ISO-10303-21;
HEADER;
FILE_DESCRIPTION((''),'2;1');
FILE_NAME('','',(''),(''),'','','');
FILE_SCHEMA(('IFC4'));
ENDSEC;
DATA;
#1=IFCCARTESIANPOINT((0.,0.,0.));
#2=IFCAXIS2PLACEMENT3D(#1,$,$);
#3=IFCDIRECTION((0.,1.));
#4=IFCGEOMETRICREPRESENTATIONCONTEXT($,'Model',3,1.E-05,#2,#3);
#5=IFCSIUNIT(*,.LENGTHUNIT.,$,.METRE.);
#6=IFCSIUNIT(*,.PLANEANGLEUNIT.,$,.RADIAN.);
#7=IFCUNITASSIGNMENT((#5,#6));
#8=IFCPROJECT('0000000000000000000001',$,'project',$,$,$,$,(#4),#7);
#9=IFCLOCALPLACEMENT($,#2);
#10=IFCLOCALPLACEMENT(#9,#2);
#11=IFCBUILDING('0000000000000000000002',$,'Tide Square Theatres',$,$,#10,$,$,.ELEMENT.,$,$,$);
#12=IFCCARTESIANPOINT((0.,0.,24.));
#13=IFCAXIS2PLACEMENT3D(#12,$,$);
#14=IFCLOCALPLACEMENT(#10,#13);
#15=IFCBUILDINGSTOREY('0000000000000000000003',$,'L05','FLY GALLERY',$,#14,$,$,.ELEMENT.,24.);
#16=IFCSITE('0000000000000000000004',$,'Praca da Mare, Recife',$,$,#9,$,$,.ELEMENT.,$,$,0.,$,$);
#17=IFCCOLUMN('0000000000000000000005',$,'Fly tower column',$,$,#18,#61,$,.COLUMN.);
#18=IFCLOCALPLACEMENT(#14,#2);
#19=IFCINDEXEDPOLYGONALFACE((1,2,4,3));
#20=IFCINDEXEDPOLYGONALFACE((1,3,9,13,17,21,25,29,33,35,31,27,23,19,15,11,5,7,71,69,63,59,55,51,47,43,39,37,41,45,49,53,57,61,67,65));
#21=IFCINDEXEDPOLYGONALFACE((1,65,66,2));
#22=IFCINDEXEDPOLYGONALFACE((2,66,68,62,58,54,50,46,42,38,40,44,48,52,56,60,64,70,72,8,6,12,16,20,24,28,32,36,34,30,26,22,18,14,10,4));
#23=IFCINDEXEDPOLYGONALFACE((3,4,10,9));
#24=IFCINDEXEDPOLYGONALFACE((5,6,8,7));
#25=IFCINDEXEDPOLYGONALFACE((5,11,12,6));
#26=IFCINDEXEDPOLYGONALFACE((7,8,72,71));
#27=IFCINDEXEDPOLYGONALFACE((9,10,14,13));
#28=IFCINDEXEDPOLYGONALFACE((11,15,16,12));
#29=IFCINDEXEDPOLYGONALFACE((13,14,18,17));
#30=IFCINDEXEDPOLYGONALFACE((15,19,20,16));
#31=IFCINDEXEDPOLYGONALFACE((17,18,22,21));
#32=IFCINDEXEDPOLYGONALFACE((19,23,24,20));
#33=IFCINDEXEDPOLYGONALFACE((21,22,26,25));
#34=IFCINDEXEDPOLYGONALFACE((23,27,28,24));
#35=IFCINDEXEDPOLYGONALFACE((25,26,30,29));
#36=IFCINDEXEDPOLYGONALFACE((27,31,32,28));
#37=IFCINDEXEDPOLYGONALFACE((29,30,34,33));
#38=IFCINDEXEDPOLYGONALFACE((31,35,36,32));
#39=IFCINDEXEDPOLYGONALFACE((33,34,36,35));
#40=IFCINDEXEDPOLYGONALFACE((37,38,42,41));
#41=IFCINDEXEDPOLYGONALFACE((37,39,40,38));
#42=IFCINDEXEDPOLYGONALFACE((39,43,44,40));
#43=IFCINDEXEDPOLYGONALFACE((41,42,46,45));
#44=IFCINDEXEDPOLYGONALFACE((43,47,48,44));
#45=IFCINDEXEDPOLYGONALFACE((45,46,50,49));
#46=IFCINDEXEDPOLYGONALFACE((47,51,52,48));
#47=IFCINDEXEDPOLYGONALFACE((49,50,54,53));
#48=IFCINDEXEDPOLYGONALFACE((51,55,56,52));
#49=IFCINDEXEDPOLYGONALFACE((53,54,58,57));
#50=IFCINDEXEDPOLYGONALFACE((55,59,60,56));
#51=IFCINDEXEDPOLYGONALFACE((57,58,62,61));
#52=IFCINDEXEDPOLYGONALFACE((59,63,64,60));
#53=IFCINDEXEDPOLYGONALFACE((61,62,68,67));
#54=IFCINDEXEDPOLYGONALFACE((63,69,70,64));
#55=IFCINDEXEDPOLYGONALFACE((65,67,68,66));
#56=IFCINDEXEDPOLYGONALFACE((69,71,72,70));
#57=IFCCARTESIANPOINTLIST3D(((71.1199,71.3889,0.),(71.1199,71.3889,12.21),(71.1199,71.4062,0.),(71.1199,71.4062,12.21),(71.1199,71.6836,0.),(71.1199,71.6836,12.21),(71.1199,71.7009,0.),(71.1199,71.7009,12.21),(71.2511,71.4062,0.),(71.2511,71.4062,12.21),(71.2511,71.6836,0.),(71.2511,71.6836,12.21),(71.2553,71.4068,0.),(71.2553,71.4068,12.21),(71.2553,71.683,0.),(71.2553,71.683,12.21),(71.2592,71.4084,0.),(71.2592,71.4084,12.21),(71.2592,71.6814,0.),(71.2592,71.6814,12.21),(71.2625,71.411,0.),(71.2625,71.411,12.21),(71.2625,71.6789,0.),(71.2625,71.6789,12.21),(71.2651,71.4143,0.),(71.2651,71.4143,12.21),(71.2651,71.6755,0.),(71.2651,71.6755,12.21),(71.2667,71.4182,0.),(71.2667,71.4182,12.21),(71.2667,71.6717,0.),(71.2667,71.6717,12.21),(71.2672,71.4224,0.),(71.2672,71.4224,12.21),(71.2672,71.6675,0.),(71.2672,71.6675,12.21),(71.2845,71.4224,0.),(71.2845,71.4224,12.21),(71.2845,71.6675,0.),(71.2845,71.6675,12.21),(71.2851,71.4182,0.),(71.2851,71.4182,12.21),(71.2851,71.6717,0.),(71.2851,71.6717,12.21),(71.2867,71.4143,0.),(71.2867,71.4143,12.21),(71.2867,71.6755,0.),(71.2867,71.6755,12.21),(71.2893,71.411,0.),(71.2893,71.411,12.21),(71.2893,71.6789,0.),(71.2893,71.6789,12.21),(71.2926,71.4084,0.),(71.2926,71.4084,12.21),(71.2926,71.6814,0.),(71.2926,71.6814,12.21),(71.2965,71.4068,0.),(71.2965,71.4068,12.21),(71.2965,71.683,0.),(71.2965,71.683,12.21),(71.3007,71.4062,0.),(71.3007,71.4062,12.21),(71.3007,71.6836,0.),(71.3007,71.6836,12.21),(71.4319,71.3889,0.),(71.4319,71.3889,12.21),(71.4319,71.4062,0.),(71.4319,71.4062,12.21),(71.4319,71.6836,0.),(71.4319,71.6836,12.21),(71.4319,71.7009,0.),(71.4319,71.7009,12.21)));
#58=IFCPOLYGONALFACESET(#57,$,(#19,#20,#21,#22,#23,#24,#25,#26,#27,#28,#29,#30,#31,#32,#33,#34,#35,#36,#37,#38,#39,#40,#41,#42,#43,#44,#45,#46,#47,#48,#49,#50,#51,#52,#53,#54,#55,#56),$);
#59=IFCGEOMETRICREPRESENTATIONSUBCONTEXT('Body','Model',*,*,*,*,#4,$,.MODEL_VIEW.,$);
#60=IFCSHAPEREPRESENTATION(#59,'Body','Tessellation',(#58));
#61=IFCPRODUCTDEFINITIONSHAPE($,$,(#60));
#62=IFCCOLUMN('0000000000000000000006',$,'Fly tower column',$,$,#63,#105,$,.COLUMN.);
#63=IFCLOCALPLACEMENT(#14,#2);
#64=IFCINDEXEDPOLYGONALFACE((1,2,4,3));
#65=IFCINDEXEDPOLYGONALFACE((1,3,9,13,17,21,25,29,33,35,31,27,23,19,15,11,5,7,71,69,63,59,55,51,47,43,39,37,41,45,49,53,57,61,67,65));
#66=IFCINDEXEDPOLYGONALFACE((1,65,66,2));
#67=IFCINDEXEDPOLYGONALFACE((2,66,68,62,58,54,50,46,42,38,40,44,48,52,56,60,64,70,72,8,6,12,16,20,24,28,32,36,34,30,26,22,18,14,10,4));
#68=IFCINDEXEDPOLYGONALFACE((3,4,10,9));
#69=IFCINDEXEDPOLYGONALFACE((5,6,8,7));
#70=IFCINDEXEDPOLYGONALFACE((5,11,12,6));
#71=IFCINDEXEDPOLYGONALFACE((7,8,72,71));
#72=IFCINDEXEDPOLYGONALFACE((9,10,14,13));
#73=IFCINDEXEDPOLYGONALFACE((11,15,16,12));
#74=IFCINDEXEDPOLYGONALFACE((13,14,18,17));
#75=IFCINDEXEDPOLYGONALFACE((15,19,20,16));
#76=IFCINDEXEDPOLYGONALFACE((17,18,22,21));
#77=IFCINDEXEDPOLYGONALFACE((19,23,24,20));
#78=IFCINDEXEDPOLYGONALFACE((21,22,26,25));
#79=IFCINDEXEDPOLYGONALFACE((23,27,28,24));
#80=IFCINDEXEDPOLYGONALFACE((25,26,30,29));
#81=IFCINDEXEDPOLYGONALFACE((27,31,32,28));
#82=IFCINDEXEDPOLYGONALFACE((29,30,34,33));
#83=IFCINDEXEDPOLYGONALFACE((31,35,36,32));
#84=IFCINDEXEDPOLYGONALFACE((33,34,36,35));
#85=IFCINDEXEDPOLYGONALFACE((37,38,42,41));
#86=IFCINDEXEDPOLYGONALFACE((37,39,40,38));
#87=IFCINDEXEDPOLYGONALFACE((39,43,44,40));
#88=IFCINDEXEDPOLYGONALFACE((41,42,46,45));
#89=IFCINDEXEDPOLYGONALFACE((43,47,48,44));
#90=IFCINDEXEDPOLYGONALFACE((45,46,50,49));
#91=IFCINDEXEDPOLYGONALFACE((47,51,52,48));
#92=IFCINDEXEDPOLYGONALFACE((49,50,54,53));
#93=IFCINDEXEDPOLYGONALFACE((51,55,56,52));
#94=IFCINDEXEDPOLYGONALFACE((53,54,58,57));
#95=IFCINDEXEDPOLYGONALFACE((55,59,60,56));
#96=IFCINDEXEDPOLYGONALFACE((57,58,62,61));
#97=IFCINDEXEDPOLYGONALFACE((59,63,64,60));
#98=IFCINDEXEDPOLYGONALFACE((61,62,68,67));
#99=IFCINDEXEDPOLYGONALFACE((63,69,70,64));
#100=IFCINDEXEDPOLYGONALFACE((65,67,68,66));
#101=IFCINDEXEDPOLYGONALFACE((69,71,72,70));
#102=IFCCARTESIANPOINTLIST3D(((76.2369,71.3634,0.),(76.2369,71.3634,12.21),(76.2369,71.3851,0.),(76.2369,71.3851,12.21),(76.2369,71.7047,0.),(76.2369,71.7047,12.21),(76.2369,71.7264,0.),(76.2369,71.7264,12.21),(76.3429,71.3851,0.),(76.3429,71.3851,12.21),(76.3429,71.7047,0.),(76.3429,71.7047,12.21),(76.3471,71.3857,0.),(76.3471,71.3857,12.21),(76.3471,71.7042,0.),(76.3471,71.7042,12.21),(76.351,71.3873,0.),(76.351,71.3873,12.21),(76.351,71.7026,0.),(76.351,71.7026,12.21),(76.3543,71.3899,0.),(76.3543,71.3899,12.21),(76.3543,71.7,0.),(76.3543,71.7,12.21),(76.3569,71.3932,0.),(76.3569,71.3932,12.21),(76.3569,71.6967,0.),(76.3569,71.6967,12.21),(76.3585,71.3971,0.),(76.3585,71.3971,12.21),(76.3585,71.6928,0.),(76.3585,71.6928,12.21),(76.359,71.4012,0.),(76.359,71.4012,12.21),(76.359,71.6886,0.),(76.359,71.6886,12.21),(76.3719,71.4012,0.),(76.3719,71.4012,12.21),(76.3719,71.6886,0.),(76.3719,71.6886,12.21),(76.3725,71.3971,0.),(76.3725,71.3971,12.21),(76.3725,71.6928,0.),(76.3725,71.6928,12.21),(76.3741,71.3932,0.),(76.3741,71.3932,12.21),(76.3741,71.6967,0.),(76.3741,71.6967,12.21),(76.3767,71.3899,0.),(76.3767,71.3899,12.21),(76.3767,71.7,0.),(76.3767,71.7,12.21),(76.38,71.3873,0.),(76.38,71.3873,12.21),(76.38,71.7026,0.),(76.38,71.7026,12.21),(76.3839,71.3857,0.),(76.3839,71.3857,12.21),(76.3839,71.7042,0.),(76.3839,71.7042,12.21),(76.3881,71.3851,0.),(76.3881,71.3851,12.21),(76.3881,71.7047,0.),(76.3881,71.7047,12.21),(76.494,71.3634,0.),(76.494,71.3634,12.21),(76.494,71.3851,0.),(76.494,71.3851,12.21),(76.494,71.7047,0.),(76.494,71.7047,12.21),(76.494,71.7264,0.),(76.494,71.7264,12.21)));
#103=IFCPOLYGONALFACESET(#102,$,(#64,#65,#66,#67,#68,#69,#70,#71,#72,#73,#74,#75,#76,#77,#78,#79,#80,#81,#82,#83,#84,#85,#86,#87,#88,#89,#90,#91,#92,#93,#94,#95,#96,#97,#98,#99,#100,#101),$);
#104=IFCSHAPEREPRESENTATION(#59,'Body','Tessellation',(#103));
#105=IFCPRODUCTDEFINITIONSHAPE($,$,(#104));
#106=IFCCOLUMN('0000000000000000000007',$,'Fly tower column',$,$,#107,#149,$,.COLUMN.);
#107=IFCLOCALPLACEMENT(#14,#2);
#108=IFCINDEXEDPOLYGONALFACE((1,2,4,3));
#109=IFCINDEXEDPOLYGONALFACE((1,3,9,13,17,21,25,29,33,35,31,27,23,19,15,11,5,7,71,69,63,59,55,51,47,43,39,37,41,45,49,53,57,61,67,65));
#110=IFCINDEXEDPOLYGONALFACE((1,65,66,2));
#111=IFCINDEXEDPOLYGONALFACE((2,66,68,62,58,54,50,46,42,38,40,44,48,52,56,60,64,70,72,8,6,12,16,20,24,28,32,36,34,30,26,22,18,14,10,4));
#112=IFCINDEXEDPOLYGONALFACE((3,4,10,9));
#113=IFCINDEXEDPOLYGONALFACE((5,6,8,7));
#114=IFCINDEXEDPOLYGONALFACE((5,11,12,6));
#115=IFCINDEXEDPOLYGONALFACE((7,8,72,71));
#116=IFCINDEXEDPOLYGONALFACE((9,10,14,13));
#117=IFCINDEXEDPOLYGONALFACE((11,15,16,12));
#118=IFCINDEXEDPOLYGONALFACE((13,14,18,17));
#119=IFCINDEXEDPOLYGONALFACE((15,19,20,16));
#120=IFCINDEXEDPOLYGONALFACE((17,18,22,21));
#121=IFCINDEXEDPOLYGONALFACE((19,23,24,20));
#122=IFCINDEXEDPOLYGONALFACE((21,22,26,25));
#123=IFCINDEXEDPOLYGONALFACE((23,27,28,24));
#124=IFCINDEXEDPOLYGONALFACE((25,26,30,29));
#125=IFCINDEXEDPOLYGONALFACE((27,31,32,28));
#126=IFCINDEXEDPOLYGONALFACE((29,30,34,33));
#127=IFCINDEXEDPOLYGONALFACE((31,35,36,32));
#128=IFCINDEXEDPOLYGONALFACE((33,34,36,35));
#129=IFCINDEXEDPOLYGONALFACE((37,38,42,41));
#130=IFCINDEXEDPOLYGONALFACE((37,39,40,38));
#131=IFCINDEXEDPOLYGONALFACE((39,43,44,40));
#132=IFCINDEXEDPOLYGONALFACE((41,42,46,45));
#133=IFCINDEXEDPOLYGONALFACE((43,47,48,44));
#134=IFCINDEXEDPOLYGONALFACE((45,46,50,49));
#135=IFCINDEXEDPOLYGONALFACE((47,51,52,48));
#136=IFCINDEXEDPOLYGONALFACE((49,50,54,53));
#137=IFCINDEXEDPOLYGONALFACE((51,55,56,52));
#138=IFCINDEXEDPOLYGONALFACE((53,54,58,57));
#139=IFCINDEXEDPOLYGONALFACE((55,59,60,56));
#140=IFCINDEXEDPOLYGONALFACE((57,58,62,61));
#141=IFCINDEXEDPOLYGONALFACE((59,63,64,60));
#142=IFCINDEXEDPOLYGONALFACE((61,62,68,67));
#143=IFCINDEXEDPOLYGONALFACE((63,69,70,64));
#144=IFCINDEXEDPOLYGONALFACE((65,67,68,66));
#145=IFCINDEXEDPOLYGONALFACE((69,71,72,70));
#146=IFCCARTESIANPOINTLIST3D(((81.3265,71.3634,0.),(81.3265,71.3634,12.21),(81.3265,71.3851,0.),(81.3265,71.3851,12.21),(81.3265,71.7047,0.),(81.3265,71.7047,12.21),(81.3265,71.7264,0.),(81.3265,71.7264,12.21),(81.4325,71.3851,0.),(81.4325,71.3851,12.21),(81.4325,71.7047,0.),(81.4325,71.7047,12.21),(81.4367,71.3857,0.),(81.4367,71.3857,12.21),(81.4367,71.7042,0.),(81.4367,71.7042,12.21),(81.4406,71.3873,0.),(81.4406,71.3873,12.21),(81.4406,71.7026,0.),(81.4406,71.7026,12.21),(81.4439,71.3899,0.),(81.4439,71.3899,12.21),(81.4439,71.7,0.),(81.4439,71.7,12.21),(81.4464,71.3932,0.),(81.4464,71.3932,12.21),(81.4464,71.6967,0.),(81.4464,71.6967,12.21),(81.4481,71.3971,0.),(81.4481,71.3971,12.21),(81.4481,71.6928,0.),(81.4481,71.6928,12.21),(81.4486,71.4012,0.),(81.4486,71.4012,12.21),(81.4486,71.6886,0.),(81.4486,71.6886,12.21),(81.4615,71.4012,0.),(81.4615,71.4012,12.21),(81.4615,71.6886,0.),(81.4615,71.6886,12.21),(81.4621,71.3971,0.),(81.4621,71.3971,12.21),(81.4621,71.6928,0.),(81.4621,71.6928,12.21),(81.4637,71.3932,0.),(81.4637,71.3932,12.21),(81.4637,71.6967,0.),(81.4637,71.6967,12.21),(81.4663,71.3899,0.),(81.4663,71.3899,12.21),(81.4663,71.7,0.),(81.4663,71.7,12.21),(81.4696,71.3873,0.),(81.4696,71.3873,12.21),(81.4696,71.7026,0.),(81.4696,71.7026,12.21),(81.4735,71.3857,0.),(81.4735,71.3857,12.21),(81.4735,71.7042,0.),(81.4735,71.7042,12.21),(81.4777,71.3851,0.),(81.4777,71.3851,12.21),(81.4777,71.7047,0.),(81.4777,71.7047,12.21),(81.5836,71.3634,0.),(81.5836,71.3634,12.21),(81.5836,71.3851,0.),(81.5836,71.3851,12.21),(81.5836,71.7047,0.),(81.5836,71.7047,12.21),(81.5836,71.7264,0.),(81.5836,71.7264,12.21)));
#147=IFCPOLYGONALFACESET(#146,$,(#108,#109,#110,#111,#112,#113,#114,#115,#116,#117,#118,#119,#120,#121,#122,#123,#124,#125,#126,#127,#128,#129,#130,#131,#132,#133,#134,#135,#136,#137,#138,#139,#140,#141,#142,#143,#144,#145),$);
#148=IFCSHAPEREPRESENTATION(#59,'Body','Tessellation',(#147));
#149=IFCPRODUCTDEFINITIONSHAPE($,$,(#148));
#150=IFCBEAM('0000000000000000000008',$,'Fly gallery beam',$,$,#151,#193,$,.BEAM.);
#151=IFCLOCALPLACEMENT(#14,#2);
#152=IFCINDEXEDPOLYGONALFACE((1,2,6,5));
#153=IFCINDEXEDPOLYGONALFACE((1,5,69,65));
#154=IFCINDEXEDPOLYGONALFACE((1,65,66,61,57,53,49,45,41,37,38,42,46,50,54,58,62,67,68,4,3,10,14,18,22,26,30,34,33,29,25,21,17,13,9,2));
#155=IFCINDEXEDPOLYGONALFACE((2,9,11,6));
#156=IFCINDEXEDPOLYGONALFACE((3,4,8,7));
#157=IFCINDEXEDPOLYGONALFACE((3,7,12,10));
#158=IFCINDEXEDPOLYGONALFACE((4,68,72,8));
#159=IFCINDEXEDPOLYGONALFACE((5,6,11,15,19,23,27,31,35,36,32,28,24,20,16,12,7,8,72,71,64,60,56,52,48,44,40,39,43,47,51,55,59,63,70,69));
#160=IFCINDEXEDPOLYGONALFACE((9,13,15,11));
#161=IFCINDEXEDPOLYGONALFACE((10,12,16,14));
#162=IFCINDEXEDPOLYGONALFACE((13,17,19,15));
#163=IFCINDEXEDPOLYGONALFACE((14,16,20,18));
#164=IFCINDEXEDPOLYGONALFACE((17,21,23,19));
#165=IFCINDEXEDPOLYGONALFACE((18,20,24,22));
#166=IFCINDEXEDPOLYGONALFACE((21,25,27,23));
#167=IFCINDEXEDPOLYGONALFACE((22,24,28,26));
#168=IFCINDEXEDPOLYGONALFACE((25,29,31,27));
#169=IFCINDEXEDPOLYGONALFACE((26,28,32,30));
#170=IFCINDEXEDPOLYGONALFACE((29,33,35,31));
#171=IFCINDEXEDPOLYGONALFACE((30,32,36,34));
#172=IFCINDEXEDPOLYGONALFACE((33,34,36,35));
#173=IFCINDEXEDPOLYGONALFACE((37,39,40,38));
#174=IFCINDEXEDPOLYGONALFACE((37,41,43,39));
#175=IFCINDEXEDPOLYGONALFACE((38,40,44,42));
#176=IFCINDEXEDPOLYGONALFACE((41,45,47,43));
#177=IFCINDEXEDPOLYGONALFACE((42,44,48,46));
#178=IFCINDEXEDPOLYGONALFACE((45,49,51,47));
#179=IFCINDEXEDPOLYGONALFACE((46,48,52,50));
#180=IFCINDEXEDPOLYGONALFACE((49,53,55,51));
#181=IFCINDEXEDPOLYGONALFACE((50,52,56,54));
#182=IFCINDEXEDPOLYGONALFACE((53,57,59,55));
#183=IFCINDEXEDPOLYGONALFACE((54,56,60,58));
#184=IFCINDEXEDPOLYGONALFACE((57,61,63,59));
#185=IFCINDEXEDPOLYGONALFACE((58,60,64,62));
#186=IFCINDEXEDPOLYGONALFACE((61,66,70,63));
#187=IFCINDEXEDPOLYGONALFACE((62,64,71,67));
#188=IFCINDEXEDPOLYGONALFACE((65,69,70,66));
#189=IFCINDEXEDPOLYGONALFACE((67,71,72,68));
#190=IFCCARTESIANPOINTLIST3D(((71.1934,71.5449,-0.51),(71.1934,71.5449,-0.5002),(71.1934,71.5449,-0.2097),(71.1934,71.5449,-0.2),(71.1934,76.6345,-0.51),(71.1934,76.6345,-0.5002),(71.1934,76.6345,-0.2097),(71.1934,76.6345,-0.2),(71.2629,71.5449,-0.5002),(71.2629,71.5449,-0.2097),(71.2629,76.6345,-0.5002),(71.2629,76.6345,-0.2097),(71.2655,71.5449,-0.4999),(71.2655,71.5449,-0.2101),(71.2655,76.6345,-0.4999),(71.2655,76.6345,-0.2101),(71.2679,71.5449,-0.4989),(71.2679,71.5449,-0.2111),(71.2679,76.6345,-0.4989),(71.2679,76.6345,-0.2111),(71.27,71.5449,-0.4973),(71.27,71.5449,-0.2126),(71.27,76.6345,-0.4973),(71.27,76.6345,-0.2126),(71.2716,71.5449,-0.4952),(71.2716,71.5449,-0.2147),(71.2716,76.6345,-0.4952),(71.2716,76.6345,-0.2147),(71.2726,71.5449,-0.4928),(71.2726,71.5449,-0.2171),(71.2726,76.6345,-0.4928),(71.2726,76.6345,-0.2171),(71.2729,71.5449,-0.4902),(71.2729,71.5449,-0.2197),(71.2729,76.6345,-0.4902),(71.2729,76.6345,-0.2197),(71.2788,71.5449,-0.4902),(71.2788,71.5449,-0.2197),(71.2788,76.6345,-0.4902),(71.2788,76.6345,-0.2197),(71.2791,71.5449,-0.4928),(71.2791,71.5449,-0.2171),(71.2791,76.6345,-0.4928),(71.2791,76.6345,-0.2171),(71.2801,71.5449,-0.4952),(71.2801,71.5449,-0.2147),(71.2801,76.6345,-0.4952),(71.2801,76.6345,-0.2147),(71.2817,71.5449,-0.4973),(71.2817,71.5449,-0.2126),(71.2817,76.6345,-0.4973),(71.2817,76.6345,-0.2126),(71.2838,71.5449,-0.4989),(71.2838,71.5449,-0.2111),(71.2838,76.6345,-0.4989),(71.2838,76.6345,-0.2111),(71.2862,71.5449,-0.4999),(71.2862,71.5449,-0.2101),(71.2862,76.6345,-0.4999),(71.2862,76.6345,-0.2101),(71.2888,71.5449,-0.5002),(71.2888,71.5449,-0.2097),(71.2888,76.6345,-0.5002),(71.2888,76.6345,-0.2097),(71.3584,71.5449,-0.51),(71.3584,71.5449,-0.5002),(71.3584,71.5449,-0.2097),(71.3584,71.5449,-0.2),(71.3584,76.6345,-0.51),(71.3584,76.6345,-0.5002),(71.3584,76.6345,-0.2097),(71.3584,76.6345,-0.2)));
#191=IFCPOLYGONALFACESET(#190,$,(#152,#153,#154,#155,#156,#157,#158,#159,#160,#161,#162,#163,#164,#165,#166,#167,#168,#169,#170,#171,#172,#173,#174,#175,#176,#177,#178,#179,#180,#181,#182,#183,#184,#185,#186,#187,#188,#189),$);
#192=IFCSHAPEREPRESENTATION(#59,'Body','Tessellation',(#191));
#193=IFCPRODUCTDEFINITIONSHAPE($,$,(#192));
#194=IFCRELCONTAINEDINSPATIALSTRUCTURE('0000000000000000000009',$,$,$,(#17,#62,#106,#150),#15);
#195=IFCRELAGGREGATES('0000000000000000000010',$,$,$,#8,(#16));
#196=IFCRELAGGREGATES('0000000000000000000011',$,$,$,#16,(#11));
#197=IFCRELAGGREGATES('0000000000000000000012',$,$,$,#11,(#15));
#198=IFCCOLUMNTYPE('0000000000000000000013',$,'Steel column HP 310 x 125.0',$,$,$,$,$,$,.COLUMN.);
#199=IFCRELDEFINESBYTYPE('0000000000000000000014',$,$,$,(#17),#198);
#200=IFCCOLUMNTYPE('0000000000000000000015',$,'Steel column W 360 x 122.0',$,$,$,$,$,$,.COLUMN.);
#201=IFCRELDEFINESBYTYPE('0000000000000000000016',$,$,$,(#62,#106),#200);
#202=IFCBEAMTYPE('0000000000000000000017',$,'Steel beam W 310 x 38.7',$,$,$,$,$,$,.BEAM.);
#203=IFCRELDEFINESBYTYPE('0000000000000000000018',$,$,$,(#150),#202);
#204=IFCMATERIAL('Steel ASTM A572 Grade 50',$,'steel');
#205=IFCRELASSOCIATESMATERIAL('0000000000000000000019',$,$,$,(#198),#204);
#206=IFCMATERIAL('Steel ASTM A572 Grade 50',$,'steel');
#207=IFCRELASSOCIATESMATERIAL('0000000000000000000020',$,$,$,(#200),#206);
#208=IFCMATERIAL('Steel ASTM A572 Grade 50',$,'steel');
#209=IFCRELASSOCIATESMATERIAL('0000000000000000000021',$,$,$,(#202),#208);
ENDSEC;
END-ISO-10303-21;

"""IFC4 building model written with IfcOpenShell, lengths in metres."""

from ifc_helpers import new_model, si_unit, direction, frame, origin, origin_2d, place, context, subcontext, project, spatial, i_section, extrude, material, material_profile, profile_set, type_object, element, save


model = new_model("IFC4")

# Units and contexts
model_context = context("Model", 3, precision=1e-05, world=origin(), true_north=direction((0.0, 1.0)))
body_context = subcontext(model_context, "Body", "Model", "MODEL_VIEW")
ifc_project = project(units=[si_unit("LENGTHUNIT", "METRE"), si_unit("PLANEANGLEUNIT", "RADIAN")], contexts=[model_context])

# Site, building, storey
site_placement = place(None, origin())
site = spatial("IfcSite", under=ifc_project, at=site_placement, Name="Praca da Mare, Recife", CompositionType="ELEMENT", RefElevation=0.0)
building_placement = place(site_placement, origin())
building = spatial("IfcBuilding", under=site, at=building_placement, Name="Tide Square Theatres", CompositionType="ELEMENT")
storey_placement = place(building_placement, frame((0.0, 0.0, 24.0)))
storey = spatial("IfcBuildingStorey", under=building, at=storey_placement, Name="L05", Description="FLY GALLERY", CompositionType="ELEMENT", Elevation=24.0)

# Columns
ifc_material_1 = material(Name="Steel ASTM A572 Grade 50", Category="steel")
ifc_material_profile_1 = material_profile(ifc_material_1, i_section(OverallWidth=0.312, OverallDepth=0.312, WebThickness=0.0173, FlangeThickness=0.0173, FilletRadius=0.0161, at=origin_2d()))
ifc_profile_set_1 = profile_set([ifc_material_profile_1], Name="Steel ASTM A572 Grade 50")
column_type_1 = type_object("IfcColumnType", Name="Steel column HP 310 x 125.0", PredefinedType="COLUMN", material=ifc_profile_set_1)
column_placement = place(storey_placement, frame((71.2759, 71.5449, 0.0), z_axis=(0.0, 0.0, 1.0), x_axis=(1.0, 0.0, 0.0)))
element("IfcColumn", 1, at=column_placement, inside=storey, type_object=column_type_1, Name="Fly tower column", PredefinedType="COLUMN", context=body_context, shape_type="SweptSolid", body=[
    extrude(i_section(OverallWidth=0.312, OverallDepth=0.312, WebThickness=0.0173, FlangeThickness=0.0173, FilletRadius=0.0161, at=origin_2d()), origin(), (0.0, 0.0, 1.0), 12.21),
])
ifc_material_2 = material(Name="Steel ASTM A572 Grade 50", Category="steel")
ifc_material_profile_2 = material_profile(ifc_material_2, i_section(OverallWidth=0.2571, OverallDepth=0.363, WebThickness=0.0129, FlangeThickness=0.0217, FilletRadius=0.0161, at=origin_2d()))
ifc_profile_set_2 = profile_set([ifc_material_profile_2], Name="Steel ASTM A572 Grade 50")
column_type_2 = type_object("IfcColumnType", Name="Steel column W 360 x 122.0", PredefinedType="COLUMN", material=ifc_profile_set_2)
for number, where, z_axis, x_axis, name in (
    (2, (76.3655, 71.5449, 0.0), (0.0, 0.0, 1.0), (1.0, 0.0, 0.0), "Fly tower column"),
    (3, (81.4551, 71.5449, 0.0), (0.0, 0.0, 1.0), (1.0, 0.0, 0.0), "Fly tower column"),
):
    element("IfcColumn", number, at=place(storey_placement, frame(where, z_axis=z_axis, x_axis=x_axis)), inside=storey, type_object=column_type_2, Name=name, PredefinedType="COLUMN", context=body_context, shape_type="SweptSolid", body=[
        extrude(i_section(OverallWidth=0.2571, OverallDepth=0.363, WebThickness=0.0129, FlangeThickness=0.0217, FilletRadius=0.0161, at=origin_2d()), origin(), (0.0, 0.0, 1.0), 12.21),
    ])

# Beam
ifc_material_3 = material(Name="Steel ASTM A572 Grade 50", Category="steel")
ifc_material_profile_3 = material_profile(ifc_material_3, i_section(OverallWidth=0.165, OverallDepth=0.3101, WebThickness=0.0059, FlangeThickness=0.0098, FilletRadius=0.01, at=origin_2d()))
ifc_profile_set_3 = profile_set([ifc_material_profile_3], Name="Steel ASTM A572 Grade 50")
beam_type_1 = type_object("IfcBeamType", Name="Steel beam W 310 x 38.7", PredefinedType="BEAM", material=ifc_profile_set_3)
for number, where, z_axis, x_axis, name in (
    (4, (71.2759, 71.5449, -0.355), (0.0, 1.0, 0.0), (-1.0, 0.0, 0.0), "Fly gallery beam"),
):
    element("IfcBeam", number, at=place(storey_placement, frame(where, z_axis=z_axis, x_axis=x_axis)), inside=storey, type_object=beam_type_1, Name=name, PredefinedType="BEAM", context=body_context, shape_type="SweptSolid", body=[
        extrude(i_section(OverallWidth=0.165, OverallDepth=0.3101, WebThickness=0.0059, FlangeThickness=0.0098, FilletRadius=0.01, at=origin_2d()), origin(), (0.0, 0.0, 1.0), 5.0896),
    ])

save(model, "model.ifc")
